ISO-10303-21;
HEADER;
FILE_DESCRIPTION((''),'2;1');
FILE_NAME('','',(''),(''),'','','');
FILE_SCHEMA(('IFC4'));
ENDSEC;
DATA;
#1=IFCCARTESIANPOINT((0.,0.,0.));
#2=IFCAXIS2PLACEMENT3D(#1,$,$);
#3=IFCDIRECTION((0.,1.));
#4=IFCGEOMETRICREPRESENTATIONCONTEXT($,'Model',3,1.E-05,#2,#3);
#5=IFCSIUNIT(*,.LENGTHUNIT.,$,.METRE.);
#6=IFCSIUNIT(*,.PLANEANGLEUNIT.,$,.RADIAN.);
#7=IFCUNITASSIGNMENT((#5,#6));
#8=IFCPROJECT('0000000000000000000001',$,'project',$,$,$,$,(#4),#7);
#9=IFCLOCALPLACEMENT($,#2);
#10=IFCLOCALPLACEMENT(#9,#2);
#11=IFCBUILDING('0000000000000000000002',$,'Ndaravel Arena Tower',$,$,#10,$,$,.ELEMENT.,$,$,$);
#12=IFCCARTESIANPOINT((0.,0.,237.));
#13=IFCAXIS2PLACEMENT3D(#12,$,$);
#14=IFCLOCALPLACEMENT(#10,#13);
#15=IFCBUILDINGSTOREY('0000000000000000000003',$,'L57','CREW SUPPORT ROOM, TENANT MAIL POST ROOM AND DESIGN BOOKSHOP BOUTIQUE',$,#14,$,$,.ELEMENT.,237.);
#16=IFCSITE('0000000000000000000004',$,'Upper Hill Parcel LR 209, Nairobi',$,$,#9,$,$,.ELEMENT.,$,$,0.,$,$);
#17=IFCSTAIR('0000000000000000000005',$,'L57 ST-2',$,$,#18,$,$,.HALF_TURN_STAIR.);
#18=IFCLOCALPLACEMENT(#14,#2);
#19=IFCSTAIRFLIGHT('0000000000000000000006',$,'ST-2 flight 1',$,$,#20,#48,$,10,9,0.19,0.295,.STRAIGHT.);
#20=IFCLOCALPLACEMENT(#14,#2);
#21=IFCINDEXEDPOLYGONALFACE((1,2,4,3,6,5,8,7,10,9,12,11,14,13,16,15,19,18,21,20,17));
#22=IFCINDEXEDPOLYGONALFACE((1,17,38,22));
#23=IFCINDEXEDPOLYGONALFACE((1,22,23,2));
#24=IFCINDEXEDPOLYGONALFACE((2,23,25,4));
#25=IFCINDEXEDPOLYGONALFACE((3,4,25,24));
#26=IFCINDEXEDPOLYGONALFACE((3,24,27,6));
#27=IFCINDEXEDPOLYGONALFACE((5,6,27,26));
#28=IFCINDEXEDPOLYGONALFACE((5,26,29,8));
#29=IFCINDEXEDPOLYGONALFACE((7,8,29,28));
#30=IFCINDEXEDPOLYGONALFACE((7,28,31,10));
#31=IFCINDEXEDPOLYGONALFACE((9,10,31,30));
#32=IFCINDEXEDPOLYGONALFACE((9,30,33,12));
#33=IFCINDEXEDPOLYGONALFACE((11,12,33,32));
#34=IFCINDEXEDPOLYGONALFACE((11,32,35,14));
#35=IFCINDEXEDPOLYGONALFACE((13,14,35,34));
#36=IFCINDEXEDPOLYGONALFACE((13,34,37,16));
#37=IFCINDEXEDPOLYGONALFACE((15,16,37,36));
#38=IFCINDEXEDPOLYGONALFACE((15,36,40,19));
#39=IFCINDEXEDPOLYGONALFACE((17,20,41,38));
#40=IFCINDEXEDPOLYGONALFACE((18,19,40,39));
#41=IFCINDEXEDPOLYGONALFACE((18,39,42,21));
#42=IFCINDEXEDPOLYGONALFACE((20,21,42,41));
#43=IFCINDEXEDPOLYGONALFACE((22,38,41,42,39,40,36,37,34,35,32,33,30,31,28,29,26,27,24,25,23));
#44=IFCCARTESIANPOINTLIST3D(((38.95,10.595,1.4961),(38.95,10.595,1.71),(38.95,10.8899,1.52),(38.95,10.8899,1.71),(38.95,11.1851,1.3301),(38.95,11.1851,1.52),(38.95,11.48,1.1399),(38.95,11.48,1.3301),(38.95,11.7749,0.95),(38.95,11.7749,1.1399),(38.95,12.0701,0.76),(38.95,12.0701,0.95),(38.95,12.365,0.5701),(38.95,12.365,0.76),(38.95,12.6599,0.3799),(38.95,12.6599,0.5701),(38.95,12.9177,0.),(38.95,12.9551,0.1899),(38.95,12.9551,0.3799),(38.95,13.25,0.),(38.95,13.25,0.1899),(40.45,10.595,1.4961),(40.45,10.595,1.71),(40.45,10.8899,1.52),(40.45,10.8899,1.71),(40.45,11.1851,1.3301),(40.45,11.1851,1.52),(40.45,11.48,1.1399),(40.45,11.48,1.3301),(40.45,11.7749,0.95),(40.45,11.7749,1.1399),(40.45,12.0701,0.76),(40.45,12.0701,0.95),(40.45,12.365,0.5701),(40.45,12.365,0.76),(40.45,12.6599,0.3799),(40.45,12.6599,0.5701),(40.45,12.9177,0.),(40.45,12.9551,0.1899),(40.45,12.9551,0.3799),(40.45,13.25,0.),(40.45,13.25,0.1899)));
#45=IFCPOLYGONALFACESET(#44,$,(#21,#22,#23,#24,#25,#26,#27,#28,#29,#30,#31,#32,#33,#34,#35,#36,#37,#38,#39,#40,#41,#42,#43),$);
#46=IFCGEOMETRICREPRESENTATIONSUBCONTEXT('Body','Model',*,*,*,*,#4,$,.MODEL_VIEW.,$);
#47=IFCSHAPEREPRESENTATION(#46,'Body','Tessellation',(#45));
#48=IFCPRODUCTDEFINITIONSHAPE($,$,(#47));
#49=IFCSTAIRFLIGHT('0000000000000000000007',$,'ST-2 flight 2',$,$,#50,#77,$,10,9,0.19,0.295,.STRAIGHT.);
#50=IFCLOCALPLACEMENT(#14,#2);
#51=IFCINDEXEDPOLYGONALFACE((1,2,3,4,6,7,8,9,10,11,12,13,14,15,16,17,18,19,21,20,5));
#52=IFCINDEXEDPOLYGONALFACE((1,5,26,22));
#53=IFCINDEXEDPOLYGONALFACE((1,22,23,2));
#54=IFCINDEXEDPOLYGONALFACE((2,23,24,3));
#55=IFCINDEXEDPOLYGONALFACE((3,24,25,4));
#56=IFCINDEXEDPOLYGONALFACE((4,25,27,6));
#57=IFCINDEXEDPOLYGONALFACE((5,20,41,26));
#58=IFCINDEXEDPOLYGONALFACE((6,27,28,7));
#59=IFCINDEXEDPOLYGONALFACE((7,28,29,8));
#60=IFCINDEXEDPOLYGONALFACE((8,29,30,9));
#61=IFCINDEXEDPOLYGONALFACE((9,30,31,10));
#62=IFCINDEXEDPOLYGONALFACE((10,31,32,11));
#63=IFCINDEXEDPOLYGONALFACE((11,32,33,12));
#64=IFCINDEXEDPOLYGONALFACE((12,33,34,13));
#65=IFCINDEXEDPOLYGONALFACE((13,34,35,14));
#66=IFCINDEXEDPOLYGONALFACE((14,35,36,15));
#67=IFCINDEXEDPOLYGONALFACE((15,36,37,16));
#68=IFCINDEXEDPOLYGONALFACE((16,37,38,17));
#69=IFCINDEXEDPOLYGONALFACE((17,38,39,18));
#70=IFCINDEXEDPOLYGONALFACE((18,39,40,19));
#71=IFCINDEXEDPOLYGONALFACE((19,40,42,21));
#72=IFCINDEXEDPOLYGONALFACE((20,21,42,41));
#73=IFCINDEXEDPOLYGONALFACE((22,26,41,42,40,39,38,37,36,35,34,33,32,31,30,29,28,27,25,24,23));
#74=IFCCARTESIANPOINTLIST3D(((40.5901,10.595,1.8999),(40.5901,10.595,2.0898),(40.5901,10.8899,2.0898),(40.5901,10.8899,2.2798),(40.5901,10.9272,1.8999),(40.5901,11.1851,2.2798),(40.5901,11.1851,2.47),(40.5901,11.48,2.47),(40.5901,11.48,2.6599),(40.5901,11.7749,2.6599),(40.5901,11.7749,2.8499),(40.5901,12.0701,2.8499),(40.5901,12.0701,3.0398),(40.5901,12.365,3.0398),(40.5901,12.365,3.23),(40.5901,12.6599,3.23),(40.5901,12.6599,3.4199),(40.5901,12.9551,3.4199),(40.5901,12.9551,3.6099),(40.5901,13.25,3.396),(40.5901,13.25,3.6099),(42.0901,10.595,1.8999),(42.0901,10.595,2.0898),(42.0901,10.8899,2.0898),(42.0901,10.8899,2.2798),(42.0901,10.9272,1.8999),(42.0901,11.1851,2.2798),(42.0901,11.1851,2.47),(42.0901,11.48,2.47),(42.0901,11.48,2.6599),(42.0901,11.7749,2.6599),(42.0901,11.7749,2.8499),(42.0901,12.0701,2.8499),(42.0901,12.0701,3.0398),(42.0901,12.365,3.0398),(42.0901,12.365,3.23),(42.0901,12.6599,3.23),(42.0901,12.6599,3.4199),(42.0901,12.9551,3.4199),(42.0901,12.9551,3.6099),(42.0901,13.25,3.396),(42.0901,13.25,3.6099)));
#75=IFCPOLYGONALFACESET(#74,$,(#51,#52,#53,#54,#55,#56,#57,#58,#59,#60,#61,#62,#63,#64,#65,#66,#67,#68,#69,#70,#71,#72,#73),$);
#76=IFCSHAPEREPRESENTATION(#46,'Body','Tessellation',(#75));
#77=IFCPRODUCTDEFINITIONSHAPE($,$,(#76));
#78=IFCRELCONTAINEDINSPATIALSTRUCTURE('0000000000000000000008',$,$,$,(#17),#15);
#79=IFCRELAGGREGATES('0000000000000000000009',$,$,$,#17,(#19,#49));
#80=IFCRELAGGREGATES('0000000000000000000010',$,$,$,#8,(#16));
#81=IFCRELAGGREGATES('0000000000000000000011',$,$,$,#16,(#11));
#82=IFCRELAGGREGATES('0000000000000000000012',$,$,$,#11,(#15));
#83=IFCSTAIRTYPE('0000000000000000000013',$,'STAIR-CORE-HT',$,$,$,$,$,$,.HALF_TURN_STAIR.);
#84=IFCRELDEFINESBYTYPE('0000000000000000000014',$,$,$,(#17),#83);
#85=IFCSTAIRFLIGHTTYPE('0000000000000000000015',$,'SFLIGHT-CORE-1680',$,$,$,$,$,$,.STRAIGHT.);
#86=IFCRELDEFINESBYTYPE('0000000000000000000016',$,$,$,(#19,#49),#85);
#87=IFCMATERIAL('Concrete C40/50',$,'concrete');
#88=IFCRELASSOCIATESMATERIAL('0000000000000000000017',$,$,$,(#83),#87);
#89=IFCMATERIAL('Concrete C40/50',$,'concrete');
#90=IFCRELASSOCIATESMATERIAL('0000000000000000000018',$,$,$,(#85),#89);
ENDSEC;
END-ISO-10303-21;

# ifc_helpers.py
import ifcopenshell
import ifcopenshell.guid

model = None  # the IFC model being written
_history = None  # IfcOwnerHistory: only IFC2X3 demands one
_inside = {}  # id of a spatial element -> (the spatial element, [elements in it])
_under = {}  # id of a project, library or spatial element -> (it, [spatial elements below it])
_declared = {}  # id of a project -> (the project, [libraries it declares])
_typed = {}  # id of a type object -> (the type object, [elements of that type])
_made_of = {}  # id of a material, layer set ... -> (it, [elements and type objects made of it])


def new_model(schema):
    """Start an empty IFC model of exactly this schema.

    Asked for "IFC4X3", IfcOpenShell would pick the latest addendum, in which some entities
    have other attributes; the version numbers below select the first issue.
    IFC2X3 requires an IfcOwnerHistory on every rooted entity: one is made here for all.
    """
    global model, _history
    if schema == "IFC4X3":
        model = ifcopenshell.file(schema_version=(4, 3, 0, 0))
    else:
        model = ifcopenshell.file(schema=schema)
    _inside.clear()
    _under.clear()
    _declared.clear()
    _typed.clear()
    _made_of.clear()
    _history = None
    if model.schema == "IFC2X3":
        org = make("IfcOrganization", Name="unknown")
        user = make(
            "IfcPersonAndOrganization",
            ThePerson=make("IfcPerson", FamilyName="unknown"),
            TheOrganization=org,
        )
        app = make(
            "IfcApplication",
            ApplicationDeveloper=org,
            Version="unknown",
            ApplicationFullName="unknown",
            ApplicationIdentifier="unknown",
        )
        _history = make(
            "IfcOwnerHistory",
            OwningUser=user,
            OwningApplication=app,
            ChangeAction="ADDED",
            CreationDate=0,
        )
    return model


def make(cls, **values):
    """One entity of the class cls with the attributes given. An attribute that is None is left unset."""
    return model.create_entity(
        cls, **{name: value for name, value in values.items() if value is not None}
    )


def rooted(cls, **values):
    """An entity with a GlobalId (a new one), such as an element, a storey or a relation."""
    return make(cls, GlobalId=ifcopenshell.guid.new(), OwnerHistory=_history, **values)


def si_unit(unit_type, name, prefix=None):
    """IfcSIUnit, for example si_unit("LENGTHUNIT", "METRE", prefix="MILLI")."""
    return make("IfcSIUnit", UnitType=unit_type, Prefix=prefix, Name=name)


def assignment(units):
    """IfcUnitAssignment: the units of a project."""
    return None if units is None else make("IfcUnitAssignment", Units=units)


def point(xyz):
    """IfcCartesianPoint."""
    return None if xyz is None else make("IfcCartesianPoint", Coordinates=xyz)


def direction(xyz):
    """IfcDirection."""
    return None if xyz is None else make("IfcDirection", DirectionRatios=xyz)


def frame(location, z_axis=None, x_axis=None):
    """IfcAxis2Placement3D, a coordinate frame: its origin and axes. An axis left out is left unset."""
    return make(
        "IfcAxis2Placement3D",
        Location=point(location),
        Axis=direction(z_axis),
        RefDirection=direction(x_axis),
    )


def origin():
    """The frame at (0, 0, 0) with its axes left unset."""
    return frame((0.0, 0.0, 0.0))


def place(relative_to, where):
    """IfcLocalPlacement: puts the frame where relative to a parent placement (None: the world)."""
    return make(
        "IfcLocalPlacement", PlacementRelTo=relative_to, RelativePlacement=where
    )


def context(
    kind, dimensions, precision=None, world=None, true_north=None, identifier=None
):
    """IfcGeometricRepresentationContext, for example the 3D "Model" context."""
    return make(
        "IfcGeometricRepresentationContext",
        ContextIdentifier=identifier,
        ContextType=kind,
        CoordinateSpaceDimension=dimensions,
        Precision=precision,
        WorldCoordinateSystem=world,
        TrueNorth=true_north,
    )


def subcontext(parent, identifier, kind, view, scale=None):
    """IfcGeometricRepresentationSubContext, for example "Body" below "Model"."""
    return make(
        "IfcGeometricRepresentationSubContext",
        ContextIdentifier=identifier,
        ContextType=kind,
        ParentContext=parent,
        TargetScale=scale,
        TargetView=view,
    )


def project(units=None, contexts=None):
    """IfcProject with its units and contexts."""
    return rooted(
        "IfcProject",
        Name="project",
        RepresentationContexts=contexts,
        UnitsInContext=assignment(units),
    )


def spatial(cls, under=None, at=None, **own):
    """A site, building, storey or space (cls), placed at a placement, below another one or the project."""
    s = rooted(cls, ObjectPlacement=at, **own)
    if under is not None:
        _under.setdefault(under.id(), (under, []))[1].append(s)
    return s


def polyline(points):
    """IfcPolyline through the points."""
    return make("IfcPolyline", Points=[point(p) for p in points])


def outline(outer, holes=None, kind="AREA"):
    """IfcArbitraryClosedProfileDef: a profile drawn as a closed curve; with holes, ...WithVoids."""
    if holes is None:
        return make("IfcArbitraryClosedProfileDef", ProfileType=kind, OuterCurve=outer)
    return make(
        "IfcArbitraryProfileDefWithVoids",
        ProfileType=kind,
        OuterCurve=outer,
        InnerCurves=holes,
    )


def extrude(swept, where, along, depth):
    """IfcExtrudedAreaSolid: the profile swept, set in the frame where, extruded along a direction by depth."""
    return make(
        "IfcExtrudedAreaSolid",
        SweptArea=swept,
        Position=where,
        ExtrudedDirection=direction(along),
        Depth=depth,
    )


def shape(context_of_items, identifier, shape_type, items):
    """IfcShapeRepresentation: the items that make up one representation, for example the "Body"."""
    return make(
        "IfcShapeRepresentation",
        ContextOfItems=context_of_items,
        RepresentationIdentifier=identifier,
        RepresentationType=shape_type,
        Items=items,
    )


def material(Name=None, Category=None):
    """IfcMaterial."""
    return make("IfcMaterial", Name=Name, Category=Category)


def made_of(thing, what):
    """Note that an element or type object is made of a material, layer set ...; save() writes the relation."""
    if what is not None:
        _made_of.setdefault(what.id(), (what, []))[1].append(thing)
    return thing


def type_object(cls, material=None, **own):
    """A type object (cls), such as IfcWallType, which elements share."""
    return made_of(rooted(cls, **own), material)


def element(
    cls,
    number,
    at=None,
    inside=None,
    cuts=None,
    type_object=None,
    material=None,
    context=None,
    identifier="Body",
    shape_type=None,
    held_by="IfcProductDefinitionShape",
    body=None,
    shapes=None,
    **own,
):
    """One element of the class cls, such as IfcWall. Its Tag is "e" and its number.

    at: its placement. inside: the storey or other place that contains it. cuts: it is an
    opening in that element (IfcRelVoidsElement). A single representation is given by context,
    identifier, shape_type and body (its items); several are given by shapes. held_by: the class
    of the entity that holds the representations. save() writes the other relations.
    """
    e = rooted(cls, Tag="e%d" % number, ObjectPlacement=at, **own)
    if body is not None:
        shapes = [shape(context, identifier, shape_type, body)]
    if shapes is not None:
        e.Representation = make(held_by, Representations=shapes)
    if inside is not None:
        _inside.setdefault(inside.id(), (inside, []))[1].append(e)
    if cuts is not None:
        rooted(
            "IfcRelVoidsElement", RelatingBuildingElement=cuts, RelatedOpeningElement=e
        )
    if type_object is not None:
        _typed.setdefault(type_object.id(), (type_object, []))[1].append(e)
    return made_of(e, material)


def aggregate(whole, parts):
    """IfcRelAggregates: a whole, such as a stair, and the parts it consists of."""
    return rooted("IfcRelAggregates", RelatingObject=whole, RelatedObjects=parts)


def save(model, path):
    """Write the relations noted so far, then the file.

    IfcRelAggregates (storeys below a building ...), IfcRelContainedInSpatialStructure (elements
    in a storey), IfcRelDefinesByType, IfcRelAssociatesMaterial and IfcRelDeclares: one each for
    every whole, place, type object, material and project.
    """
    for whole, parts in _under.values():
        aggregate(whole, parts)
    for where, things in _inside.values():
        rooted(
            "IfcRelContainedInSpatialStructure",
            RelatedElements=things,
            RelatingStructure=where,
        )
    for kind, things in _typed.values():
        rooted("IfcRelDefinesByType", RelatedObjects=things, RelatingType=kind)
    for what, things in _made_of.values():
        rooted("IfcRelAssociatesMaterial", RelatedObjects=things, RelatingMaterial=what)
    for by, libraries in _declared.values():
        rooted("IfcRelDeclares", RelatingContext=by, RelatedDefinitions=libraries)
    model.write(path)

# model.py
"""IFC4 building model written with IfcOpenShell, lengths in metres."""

from ifc_helpers import new_model, si_unit, direction, frame, origin, place, context, subcontext, project, spatial, polyline, outline, extrude, material, type_object, element, aggregate, save


model = new_model("IFC4")

# Units and contexts
model_context = context("Model", 3, precision=1e-05, world=origin(), true_north=direction((0.0, 1.0)))
body_context = subcontext(model_context, "Body", "Model", "MODEL_VIEW")
ifc_project = project(units=[si_unit("LENGTHUNIT", "METRE"), si_unit("PLANEANGLEUNIT", "RADIAN")], contexts=[model_context])

# Site, building, storey
site_placement = place(None, origin())
site = spatial("IfcSite", under=ifc_project, at=site_placement, Name="Upper Hill Parcel LR 209, Nairobi", CompositionType="ELEMENT", RefElevation=0.0)
building_placement = place(site_placement, origin())
building = spatial("IfcBuilding", under=site, at=building_placement, Name="Ndaravel Arena Tower", CompositionType="ELEMENT")
storey_placement = place(building_placement, frame((0.0, 0.0, 237.0)))
storey = spatial("IfcBuildingStorey", under=building, at=storey_placement, Name="L57", Description="CREW SUPPORT ROOM, TENANT MAIL POST ROOM AND DESIGN BOOKSHOP BOUTIQUE", CompositionType="ELEMENT", Elevation=237.0)

# Stair, stair flights
ifc_material_1 = material(Name="Concrete C40/50", Category="concrete")
stair_type = type_object("IfcStairType", Name="STAIR-CORE-HT", PredefinedType="HALF_TURN_STAIR", material=ifc_material_1)
ifc_material_2 = material(Name="Concrete C40/50", Category="concrete")
stair_flight_type = type_object("IfcStairFlightType", Name="SFLIGHT-CORE-1680", PredefinedType="STRAIGHT", material=ifc_material_2)
stair_1_placement = place(storey_placement, origin())
stair_1 = element("IfcStair", 1, at=stair_1_placement, inside=storey, type_object=stair_type, Name="L57 ST-2", PredefinedType="HALF_TURN_STAIR")
stair_flight_1_placement = place(storey_placement, frame((39.7, 13.25, 0.0), z_axis=(0.0, 0.0, 1.0), x_axis=(0.0, -1.0, 0.0)))
stair_flight_1 = element("IfcStairFlight", 2, at=stair_flight_1_placement, type_object=stair_flight_type, Name="ST-2 flight 1", NumberOfRisers=10, NumberOfTreads=9, PredefinedType="STRAIGHT", RiserHeight=0.19, TreadLength=0.295, context=body_context, shape_type="SweptSolid", body=[
    extrude(outline(polyline([(0.0, 0.0), (0.0, 0.1899), (0.2949, 0.1899), (0.2949, 0.3799), (0.5901, 0.3799), (0.5901, 0.5701), (0.885, 0.5701), (0.885, 0.76), (1.1799, 0.76), (1.1799, 0.95), (1.4751, 0.95), (1.4751, 1.1399), (1.77, 1.1399), (1.77, 1.3301), (2.0649, 1.3301), (2.0649, 1.52), (2.3601, 1.52), (2.3601, 1.71), (2.655, 1.71), (2.655, 1.8999), (2.655, 1.4961), (0.3323, 0.0), (0.0, 0.0)])), frame((0.0, 0.75, 0.0), z_axis=(0.0, -1.0, 0.0), x_axis=(1.0, 0.0, 0.0)), (0.0, 0.0, 1.0), 1.5),
])
stair_flight_2_placement = place(storey_placement, frame((41.3401, 10.595, 1.8999), z_axis=(0.0, 0.0, 1.0), x_axis=(0.0, 1.0, 0.0)))
stair_flight_2 = element("IfcStairFlight", 3, at=stair_flight_2_placement, type_object=stair_flight_type, Name="ST-2 flight 2", NumberOfRisers=10, NumberOfTreads=9, PredefinedType="STRAIGHT", RiserHeight=0.19, TreadLength=0.295, context=body_context, shape_type="SweptSolid", body=[
    extrude(outline(polyline([(0.0, 0.0), (0.0, 0.1899), (0.2949, 0.1899), (0.2949, 0.3799), (0.5901, 0.3799), (0.5901, 0.5701), (0.885, 0.5701), (0.885, 0.76), (1.1799, 0.76), (1.1799, 0.95), (1.4751, 0.95), (1.4751, 1.1399), (1.77, 1.1399), (1.77, 1.3301), (2.0649, 1.3301), (2.0649, 1.52), (2.3601, 1.52), (2.3601, 1.71), (2.655, 1.71), (2.655, 1.8999), (2.655, 1.4961), (0.3323, 0.0), (0.0, 0.0)])), frame((0.0, 0.75, 0.0), z_axis=(0.0, -1.0, 0.0), x_axis=(1.0, 0.0, 0.0)), (0.0, 0.0, 1.0), 1.5),
])
aggregate(stair_1, [stair_flight_1, stair_flight_2])

save(model, "model.ifc")
